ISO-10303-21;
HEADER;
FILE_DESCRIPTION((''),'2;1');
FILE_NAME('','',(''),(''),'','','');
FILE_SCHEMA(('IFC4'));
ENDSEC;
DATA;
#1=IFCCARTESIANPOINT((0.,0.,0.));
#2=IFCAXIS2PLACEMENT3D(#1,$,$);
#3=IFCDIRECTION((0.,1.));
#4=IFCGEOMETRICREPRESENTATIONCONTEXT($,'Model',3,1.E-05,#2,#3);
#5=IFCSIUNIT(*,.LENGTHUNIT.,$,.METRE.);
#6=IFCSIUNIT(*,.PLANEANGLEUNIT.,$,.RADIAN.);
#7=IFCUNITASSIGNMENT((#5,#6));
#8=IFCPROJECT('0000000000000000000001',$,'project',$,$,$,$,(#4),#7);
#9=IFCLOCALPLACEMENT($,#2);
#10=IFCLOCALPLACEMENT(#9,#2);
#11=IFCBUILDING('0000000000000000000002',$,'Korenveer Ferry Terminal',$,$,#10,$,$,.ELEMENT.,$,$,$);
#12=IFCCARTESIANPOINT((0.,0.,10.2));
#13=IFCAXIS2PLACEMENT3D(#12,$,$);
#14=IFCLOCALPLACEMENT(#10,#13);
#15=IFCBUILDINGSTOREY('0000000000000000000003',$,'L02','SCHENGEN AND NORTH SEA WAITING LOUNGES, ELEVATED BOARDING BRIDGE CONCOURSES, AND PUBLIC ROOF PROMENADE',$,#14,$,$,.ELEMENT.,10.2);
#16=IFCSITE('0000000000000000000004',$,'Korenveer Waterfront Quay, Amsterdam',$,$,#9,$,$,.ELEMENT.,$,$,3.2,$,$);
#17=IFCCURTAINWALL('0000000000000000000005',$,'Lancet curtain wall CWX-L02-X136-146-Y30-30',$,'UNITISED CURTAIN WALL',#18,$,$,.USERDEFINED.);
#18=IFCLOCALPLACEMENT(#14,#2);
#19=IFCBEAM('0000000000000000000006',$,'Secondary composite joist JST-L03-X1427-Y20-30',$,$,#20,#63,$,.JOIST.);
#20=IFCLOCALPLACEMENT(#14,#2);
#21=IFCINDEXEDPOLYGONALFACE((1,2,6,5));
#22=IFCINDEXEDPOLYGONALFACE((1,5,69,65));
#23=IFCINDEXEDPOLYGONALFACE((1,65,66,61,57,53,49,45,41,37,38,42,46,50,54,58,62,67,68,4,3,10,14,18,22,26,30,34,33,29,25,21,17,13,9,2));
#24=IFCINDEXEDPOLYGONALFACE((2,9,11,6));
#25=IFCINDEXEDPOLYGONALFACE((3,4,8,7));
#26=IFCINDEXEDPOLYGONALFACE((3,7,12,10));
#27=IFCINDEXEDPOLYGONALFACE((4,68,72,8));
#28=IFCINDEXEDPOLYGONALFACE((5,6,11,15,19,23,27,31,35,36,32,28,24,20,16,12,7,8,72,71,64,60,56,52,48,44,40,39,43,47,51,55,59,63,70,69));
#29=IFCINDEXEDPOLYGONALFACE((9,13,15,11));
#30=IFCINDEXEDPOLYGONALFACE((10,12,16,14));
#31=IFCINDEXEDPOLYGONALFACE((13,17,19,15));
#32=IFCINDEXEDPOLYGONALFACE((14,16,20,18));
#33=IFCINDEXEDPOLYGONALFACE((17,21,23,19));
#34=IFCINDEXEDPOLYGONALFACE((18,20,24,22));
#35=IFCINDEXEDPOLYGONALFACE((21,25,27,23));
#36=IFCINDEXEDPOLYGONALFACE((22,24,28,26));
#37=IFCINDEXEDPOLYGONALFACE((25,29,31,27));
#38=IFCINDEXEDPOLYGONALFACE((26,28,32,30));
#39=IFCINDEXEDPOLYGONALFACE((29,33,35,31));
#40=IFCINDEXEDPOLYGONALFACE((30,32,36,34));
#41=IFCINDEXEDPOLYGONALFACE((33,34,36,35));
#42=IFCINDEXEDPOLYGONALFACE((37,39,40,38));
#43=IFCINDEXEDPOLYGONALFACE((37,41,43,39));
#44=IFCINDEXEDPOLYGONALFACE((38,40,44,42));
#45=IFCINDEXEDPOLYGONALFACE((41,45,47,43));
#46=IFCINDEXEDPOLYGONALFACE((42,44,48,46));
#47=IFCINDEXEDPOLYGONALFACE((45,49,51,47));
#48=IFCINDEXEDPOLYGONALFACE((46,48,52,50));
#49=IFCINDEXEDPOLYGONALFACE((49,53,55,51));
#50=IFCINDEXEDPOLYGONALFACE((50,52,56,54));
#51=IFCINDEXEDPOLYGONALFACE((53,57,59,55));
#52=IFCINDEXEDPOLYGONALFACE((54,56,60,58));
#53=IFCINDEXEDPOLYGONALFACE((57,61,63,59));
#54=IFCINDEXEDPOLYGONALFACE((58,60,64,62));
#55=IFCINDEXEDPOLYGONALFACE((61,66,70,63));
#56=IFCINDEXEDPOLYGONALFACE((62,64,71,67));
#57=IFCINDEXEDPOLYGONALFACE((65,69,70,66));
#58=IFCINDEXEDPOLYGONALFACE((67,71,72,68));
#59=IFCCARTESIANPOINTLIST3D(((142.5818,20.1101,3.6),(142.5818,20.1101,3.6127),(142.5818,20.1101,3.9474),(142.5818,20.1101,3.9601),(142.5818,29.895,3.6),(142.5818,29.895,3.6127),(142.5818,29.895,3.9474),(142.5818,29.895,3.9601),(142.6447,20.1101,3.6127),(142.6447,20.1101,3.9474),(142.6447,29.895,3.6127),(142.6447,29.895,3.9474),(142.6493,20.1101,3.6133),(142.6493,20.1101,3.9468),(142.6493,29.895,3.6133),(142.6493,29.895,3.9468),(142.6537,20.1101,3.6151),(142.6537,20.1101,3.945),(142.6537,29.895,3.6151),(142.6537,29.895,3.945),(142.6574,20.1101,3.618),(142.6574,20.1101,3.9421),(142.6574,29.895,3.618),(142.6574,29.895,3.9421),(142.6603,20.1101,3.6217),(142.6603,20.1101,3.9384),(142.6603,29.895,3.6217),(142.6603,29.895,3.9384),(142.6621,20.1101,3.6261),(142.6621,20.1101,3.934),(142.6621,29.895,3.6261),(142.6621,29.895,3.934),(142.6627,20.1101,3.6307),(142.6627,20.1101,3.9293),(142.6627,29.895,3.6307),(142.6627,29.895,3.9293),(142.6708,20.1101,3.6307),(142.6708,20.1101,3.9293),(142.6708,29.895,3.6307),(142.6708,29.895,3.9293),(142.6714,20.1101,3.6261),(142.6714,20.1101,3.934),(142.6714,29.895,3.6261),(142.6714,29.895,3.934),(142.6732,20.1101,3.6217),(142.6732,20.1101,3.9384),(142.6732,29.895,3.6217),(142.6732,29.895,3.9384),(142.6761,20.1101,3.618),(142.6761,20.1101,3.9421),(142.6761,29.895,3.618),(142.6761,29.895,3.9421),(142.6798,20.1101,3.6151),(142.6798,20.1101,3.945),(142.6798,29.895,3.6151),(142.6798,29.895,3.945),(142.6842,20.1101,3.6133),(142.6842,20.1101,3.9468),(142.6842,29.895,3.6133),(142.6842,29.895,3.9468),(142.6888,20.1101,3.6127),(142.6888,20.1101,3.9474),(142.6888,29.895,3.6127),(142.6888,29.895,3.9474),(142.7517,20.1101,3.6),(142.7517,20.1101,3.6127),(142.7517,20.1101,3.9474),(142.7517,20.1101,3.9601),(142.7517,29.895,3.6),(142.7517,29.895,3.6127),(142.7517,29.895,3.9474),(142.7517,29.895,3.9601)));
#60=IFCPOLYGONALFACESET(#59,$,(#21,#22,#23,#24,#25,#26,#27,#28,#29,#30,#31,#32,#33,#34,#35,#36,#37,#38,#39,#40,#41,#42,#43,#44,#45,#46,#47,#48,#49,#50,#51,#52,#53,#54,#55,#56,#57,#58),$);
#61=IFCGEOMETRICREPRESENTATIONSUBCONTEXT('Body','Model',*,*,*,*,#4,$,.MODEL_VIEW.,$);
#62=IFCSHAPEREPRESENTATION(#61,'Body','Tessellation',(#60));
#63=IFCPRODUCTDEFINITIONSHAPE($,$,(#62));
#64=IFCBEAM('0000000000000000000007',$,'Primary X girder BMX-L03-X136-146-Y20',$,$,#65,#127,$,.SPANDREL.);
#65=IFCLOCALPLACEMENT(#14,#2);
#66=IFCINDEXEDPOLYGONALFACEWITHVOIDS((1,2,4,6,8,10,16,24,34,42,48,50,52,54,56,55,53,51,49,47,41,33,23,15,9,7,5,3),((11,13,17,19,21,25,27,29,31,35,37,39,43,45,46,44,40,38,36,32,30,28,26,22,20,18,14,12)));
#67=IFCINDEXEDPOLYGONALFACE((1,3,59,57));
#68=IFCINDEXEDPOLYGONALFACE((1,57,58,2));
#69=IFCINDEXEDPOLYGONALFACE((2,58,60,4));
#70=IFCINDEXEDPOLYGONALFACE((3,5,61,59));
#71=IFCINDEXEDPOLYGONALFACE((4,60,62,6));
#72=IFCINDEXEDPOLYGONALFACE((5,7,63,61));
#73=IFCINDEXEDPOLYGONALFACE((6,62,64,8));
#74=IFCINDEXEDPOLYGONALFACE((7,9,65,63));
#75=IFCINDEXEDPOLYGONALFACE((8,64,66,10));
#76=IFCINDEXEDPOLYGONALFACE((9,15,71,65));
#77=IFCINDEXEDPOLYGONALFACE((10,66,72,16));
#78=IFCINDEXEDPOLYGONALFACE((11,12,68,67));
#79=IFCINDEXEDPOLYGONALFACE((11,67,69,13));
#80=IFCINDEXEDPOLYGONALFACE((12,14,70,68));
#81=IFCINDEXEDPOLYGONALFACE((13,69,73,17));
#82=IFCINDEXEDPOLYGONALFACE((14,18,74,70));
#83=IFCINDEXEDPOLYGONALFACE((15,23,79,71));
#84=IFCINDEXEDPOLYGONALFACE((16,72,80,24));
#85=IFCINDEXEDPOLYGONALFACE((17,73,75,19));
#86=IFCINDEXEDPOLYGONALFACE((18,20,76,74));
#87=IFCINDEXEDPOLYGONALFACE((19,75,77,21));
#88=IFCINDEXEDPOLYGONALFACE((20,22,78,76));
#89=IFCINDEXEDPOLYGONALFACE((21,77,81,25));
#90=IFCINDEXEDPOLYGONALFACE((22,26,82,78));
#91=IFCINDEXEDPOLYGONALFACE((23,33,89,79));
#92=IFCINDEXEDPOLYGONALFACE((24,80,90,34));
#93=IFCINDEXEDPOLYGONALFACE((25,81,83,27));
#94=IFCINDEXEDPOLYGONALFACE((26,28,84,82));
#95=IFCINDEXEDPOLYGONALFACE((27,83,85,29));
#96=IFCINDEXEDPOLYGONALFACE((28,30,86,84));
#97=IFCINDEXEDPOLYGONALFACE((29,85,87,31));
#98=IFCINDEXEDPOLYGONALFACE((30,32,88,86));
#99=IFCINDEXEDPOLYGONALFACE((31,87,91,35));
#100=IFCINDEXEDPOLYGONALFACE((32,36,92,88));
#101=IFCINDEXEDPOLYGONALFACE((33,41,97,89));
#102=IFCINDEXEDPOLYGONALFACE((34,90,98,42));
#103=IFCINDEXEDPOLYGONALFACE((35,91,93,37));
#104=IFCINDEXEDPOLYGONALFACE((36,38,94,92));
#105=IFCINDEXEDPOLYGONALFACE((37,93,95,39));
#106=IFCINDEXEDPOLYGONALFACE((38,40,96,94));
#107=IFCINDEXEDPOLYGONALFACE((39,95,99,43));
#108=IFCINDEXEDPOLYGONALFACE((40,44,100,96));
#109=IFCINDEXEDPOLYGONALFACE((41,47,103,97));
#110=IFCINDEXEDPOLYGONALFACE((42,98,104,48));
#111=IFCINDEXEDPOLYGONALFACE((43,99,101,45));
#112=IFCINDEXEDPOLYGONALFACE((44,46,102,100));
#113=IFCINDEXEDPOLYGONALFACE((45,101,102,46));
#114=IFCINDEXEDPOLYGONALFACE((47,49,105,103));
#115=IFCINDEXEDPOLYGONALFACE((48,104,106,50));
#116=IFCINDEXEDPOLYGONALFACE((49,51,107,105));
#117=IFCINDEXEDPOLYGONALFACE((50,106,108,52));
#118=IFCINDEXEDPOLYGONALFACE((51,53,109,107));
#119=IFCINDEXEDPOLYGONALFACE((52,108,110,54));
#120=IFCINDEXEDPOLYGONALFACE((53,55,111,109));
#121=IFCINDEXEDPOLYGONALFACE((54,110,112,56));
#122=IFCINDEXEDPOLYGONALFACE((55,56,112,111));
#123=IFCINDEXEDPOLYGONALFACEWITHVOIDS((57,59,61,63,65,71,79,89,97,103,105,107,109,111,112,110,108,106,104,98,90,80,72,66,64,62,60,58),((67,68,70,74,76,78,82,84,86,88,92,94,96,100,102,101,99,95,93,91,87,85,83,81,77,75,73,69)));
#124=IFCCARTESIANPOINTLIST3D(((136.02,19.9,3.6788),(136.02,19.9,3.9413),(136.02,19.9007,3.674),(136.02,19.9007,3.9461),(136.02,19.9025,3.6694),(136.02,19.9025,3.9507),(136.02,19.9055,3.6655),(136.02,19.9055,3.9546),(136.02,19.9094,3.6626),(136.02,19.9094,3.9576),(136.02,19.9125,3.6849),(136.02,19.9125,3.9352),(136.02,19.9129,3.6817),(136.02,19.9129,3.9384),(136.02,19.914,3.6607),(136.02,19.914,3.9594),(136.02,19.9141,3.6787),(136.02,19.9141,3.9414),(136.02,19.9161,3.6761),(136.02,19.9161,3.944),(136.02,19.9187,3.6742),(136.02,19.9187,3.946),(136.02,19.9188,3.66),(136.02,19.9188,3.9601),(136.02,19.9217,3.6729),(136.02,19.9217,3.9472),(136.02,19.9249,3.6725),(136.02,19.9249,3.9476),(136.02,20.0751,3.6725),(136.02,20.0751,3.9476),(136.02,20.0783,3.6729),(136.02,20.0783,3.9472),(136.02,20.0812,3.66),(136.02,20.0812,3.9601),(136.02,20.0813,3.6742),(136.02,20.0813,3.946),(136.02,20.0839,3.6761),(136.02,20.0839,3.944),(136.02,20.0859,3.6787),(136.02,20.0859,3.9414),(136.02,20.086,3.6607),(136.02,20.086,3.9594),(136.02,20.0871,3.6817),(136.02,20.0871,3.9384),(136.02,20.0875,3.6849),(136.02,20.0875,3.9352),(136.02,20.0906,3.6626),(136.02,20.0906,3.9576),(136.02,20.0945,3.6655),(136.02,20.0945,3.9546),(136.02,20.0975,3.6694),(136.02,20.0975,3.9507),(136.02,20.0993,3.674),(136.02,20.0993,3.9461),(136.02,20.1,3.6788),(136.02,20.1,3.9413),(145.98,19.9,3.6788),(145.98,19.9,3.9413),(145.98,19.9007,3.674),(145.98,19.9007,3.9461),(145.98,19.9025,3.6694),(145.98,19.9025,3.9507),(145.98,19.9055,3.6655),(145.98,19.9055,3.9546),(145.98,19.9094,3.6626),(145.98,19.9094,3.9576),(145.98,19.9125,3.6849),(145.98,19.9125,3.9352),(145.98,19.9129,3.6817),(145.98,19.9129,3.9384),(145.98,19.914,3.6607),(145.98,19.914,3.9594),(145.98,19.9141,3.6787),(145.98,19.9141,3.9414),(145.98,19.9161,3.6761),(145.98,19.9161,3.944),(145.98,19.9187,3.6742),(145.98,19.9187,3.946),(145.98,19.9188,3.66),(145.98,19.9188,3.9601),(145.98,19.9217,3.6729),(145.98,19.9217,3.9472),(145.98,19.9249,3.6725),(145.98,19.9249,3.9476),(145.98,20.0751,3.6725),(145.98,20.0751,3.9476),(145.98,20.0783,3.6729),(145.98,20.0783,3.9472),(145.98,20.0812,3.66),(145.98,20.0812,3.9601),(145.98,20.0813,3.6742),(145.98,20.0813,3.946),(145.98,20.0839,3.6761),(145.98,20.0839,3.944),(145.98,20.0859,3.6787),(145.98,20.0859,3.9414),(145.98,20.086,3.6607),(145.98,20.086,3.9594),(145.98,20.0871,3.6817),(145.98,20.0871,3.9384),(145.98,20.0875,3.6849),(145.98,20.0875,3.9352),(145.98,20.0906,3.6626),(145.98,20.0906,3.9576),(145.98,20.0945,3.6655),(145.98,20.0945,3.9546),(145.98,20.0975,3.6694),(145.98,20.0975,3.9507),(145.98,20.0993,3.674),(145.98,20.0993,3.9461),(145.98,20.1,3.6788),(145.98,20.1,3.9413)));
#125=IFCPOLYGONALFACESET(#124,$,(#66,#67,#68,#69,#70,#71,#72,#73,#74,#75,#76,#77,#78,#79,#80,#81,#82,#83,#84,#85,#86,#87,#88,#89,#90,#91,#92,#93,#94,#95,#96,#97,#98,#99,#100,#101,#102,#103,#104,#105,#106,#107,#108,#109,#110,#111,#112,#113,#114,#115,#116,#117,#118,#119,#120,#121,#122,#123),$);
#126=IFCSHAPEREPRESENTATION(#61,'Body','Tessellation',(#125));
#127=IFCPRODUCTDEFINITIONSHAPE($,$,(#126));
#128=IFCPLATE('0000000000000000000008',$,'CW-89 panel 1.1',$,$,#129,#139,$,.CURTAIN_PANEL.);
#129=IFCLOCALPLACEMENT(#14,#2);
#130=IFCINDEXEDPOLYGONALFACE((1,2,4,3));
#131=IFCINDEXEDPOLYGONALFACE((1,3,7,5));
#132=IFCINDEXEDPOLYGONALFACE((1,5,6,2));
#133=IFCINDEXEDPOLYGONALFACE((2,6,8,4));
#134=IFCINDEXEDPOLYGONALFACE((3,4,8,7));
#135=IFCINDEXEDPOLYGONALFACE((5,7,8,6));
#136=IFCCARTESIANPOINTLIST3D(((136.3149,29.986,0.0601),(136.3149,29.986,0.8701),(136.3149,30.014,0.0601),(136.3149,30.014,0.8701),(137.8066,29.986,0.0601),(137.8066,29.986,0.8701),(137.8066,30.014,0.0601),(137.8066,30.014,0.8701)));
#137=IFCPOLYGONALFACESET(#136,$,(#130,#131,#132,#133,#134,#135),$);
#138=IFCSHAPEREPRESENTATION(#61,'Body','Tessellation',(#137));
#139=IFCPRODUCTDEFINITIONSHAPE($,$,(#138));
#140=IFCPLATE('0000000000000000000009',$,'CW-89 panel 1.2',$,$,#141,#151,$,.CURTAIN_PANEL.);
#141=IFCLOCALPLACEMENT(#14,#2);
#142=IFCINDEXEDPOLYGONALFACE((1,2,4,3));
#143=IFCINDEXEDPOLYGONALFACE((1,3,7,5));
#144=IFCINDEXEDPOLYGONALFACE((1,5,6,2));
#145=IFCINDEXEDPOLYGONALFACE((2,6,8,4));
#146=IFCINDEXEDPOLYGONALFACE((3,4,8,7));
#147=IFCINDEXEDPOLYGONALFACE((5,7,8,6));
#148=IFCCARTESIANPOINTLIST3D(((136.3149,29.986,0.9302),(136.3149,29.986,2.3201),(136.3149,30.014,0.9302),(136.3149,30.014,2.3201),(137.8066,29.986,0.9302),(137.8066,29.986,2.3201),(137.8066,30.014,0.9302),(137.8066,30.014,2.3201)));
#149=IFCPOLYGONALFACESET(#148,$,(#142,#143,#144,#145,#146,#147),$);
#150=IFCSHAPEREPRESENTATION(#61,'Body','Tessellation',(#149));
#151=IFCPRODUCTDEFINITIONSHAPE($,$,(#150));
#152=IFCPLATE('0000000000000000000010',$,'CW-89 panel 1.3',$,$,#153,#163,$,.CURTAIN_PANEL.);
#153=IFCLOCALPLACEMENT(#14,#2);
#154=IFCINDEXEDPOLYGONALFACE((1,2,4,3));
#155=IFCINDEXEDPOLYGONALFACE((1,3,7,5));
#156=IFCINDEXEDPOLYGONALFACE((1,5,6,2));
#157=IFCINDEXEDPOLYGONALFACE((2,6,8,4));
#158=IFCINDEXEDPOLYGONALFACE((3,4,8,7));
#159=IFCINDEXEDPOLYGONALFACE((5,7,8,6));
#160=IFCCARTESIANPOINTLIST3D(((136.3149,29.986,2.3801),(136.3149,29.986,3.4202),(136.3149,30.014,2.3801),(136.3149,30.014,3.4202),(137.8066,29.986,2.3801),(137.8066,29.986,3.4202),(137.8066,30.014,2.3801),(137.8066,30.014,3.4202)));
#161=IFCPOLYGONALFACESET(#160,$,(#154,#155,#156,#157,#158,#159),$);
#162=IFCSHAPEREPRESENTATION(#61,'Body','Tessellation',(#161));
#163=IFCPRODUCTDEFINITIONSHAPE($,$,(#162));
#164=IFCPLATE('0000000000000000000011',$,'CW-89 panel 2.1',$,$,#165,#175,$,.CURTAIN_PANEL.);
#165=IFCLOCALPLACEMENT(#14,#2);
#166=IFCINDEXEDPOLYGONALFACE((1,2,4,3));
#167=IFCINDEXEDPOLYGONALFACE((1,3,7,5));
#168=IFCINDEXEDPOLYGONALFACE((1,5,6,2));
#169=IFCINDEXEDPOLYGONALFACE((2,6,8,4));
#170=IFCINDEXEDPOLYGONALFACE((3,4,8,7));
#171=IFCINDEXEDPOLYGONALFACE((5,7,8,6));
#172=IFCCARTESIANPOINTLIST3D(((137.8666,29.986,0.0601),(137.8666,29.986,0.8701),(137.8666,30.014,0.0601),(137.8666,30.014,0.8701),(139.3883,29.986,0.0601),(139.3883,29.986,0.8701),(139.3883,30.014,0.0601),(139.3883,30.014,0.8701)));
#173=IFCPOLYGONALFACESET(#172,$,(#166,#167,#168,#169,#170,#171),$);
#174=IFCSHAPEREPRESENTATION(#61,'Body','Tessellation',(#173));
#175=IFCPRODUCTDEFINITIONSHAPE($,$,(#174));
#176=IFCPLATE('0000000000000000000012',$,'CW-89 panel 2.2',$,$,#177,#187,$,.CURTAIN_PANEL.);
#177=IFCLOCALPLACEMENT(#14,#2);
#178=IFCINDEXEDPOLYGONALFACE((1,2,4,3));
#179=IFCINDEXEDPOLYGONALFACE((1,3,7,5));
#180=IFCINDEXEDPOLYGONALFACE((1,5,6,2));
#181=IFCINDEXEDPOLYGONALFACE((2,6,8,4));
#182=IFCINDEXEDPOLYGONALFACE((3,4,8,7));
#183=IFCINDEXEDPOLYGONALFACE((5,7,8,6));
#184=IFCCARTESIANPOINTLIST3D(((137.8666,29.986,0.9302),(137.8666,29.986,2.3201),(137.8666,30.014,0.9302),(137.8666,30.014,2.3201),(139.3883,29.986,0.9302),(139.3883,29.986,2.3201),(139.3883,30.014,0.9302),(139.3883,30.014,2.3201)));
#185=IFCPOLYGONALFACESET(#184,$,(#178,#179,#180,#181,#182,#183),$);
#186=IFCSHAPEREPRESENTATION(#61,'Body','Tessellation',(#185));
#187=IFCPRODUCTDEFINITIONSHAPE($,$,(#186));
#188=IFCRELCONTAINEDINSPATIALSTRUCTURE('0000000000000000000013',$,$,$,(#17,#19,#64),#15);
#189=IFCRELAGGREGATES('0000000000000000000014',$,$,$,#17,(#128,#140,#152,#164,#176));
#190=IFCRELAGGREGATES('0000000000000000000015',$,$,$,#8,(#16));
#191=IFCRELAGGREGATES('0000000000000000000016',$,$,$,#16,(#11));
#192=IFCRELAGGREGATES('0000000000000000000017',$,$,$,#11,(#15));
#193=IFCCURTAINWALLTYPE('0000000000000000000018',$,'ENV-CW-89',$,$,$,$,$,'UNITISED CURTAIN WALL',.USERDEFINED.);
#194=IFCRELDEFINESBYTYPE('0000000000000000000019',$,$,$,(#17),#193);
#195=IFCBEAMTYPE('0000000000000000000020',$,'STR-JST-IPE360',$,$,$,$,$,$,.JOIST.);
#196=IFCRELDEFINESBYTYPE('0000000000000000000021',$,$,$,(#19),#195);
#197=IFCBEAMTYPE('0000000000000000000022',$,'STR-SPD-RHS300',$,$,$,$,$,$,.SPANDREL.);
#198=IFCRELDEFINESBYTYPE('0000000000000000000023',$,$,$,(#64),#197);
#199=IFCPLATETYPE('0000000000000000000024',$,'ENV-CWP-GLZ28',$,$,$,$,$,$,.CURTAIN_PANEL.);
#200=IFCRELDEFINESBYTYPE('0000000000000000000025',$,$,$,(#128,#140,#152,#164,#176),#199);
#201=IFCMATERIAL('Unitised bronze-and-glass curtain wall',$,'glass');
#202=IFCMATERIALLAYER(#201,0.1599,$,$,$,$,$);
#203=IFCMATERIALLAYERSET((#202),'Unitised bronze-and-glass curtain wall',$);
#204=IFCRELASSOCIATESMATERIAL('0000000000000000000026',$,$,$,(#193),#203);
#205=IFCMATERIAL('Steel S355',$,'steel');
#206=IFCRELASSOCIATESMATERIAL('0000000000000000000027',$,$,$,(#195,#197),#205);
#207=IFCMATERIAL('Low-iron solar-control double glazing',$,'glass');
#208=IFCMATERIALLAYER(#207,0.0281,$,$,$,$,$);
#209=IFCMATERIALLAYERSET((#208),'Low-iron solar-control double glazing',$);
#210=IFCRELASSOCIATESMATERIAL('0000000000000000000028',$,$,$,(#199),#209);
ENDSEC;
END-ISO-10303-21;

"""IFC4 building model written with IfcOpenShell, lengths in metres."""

from ifc_helpers import new_model, si_unit, direction, frame, origin, origin_2d, place, context, subcontext, project, spatial, rectangle, hollow_rectangle, i_section, extrude, material, layer, layer_set, material_profile, profile_set, type_object, element, aggregate, save


model = new_model("IFC4")

# Units and contexts
model_context = context("Model", 3, precision=1e-05, world=origin(), true_north=direction((0.0, 1.0)))
body_context = subcontext(model_context, "Body", "Model", "MODEL_VIEW")
ifc_project = project(units=[si_unit("LENGTHUNIT", "METRE"), si_unit("PLANEANGLEUNIT", "RADIAN")], contexts=[model_context])

# Site, building, storey
site_placement = place(None, origin())
site = spatial("IfcSite", under=ifc_project, at=site_placement, Name="Korenveer Waterfront Quay, Amsterdam", CompositionType="ELEMENT", RefElevation=3.2)
building_placement = place(site_placement, origin())
building = spatial("IfcBuilding", under=site, at=building_placement, Name="Korenveer Ferry Terminal", CompositionType="ELEMENT")
storey_placement = place(building_placement, frame((0.0, 0.0, 10.2)))
storey = spatial("IfcBuildingStorey", under=building, at=storey_placement, Name="L02", Description="SCHENGEN AND NORTH SEA WAITING LOUNGES, ELEVATED BOARDING BRIDGE CONCOURSES, AND PUBLIC ROOF PROMENADE", CompositionType="ELEMENT", Elevation=10.2)

# Curtain wall
ifc_material_1 = material(Name="Unitised bronze-and-glass curtain wall", Category="glass")
ifc_layer_1 = layer(ifc_material_1, 0.1599)
ifc_layer_set_1 = layer_set([ifc_layer_1], Name="Unitised bronze-and-glass curtain wall")
curtain_wall_type = type_object("IfcCurtainWallType", Name="ENV-CW-89", ElementType="UNITISED CURTAIN WALL", PredefinedType="USERDEFINED", material=ifc_layer_set_1)
curtain_wall_placement = place(storey_placement, frame((136.2549, 30.0, 0.0)))
curtain_wall = element("IfcCurtainWall", 1, at=curtain_wall_placement, inside=storey, type_object=curtain_wall_type, Name="Lancet curtain wall CWX-L02-X136-146-Y30-30", ObjectType="UNITISED CURTAIN WALL", PredefinedType="USERDEFINED")

# Beams
ifc_material_2 = material(Name="Steel S355", Category="steel")
ifc_material_profile_1 = material_profile(ifc_material_2, i_section(OverallWidth=0.1699, OverallDepth=0.3601, WebThickness=0.0081, FlangeThickness=0.0127, FilletRadius=0.0181, at=origin_2d()), Name="IPE 360")
ifc_profile_set_1 = profile_set([ifc_material_profile_1], Name="Steel S355")
beam_type_1 = type_object("IfcBeamType", Name="STR-JST-IPE360", PredefinedType="JOIST", material=ifc_profile_set_1)
for number, where, z_axis, x_axis, name in (
    (2, (142.6667, 20.1101, 3.78), (0.0, 1.0, 0.0), (-1.0, 0.0, 0.0), "Secondary composite joist JST-L03-X1427-Y20-30"),
):
    element("IfcBeam", number, at=place(storey_placement, frame(where, z_axis=z_axis, x_axis=x_axis)), inside=storey, type_object=beam_type_1, Name=name, PredefinedType="JOIST", context=body_context, shape_type="SweptSolid", body=[
        extrude(i_section(OverallWidth=0.1699, OverallDepth=0.3601, WebThickness=0.0081, FlangeThickness=0.0127, FilletRadius=0.0181, at=origin_2d()), origin(), (0.0, 0.0, 1.0), 9.7849),
    ])
ifc_material_profile_2 = material_profile(ifc_material_2, hollow_rectangle(XDim=0.2, YDim=0.3, WallThickness=0.0125, InnerFilletRadius=0.0125, OuterFilletRadius=0.0188, at=origin_2d()), Name="RHS 300x200x12.5")
ifc_profile_set_2 = profile_set([ifc_material_profile_2], Name="Steel S355")
beam_type_2 = type_object("IfcBeamType", Name="STR-SPD-RHS300", PredefinedType="SPANDREL", material=ifc_profile_set_2)
beam_1_placement = place(storey_placement, frame((136.02, 20.0, 3.8101), z_axis=(1.0, 0.0, 0.0), x_axis=(0.0, 1.0, 0.0)))
element("IfcBeam", 3, at=beam_1_placement, inside=storey, type_object=beam_type_2, Name="Primary X girder BMX-L03-X136-146-Y20", PredefinedType="SPANDREL", context=body_context, shape_type="SweptSolid", body=[
    extrude(hollow_rectangle(XDim=0.2, YDim=0.3, WallThickness=0.0125, InnerFilletRadius=0.0125, OuterFilletRadius=0.0188, at=origin_2d()), origin(), (0.0, 0.0, 1.0), 9.96),
])

# Plates
ifc_material_3 = material(Name="Low-iron solar-control double glazing", Category="glass")
ifc_layer_2 = layer(ifc_material_3, 0.0281)
ifc_layer_set_2 = layer_set([ifc_layer_2], Name="Low-iron solar-control double glazing")
plate_type = type_object("IfcPlateType", Name="ENV-CWP-GLZ28", PredefinedType="CURTAIN_PANEL", material=ifc_layer_set_2)
plate_1_placement = place(storey_placement, frame((137.0608, 30.0, 0.0601), z_axis=(0.0, 0.0, 1.0), x_axis=(1.0, 0.0, 0.0)))
plate_1 = element("IfcPlate", 4, at=plate_1_placement, type_object=plate_type, Name="CW-89 panel 1.1", PredefinedType="CURTAIN_PANEL", context=body_context, shape_type="SweptSolid", body=[
    extrude(rectangle(XDim=1.4917, YDim=0.0281, at=origin_2d()), origin(), (0.0, 0.0, 1.0), 0.8101),
])
plate_2_placement = place(storey_placement, frame((137.0608, 30.0, 0.9302), z_axis=(0.0, 0.0, 1.0), x_axis=(1.0, 0.0, 0.0)))
plate_2 = element("IfcPlate", 5, at=plate_2_placement, type_object=plate_type, Name="CW-89 panel 1.2", PredefinedType="CURTAIN_PANEL", context=body_context, shape_type="SweptSolid", body=[
    extrude(rectangle(XDim=1.4917, YDim=0.0281, at=origin_2d()), origin(), (0.0, 0.0, 1.0), 1.3899),
])
plate_3_placement = place(storey_placement, frame((137.0608, 30.0, 2.3801), z_axis=(0.0, 0.0, 1.0), x_axis=(1.0, 0.0, 0.0)))
plate_3 = element("IfcPlate", 6, at=plate_3_placement, type_object=plate_type, Name="CW-89 panel 1.3", PredefinedType="CURTAIN_PANEL", context=body_context, shape_type="SweptSolid", body=[
    extrude(rectangle(XDim=1.4917, YDim=0.0281, at=origin_2d()), origin(), (0.0, 0.0, 1.0), 1.04),
])
plate_4_placement = place(storey_placement, frame((138.6274, 30.0, 0.0601), z_axis=(0.0, 0.0, 1.0), x_axis=(1.0, 0.0, 0.0)))
plate_4 = element("IfcPlate", 7, at=plate_4_placement, type_object=plate_type, Name="CW-89 panel 2.1", PredefinedType="CURTAIN_PANEL", context=body_context, shape_type="SweptSolid", body=[
    extrude(rectangle(XDim=1.5217, YDim=0.0281, at=origin_2d()), origin(), (0.0, 0.0, 1.0), 0.8101),
])
plate_5_placement = place(storey_placement, frame((138.6274, 30.0, 0.9302), z_axis=(0.0, 0.0, 1.0), x_axis=(1.0, 0.0, 0.0)))
plate_5 = element("IfcPlate", 8, at=plate_5_placement, type_object=plate_type, Name="CW-89 panel 2.2", PredefinedType="CURTAIN_PANEL", context=body_context, shape_type="SweptSolid", body=[
    extrude(rectangle(XDim=1.5217, YDim=0.0281, at=origin_2d()), origin(), (0.0, 0.0, 1.0), 1.3899),
])
aggregate(curtain_wall, [plate_1, plate_2, plate_3, plate_4, plate_5])

save(model, "model.ifc")
